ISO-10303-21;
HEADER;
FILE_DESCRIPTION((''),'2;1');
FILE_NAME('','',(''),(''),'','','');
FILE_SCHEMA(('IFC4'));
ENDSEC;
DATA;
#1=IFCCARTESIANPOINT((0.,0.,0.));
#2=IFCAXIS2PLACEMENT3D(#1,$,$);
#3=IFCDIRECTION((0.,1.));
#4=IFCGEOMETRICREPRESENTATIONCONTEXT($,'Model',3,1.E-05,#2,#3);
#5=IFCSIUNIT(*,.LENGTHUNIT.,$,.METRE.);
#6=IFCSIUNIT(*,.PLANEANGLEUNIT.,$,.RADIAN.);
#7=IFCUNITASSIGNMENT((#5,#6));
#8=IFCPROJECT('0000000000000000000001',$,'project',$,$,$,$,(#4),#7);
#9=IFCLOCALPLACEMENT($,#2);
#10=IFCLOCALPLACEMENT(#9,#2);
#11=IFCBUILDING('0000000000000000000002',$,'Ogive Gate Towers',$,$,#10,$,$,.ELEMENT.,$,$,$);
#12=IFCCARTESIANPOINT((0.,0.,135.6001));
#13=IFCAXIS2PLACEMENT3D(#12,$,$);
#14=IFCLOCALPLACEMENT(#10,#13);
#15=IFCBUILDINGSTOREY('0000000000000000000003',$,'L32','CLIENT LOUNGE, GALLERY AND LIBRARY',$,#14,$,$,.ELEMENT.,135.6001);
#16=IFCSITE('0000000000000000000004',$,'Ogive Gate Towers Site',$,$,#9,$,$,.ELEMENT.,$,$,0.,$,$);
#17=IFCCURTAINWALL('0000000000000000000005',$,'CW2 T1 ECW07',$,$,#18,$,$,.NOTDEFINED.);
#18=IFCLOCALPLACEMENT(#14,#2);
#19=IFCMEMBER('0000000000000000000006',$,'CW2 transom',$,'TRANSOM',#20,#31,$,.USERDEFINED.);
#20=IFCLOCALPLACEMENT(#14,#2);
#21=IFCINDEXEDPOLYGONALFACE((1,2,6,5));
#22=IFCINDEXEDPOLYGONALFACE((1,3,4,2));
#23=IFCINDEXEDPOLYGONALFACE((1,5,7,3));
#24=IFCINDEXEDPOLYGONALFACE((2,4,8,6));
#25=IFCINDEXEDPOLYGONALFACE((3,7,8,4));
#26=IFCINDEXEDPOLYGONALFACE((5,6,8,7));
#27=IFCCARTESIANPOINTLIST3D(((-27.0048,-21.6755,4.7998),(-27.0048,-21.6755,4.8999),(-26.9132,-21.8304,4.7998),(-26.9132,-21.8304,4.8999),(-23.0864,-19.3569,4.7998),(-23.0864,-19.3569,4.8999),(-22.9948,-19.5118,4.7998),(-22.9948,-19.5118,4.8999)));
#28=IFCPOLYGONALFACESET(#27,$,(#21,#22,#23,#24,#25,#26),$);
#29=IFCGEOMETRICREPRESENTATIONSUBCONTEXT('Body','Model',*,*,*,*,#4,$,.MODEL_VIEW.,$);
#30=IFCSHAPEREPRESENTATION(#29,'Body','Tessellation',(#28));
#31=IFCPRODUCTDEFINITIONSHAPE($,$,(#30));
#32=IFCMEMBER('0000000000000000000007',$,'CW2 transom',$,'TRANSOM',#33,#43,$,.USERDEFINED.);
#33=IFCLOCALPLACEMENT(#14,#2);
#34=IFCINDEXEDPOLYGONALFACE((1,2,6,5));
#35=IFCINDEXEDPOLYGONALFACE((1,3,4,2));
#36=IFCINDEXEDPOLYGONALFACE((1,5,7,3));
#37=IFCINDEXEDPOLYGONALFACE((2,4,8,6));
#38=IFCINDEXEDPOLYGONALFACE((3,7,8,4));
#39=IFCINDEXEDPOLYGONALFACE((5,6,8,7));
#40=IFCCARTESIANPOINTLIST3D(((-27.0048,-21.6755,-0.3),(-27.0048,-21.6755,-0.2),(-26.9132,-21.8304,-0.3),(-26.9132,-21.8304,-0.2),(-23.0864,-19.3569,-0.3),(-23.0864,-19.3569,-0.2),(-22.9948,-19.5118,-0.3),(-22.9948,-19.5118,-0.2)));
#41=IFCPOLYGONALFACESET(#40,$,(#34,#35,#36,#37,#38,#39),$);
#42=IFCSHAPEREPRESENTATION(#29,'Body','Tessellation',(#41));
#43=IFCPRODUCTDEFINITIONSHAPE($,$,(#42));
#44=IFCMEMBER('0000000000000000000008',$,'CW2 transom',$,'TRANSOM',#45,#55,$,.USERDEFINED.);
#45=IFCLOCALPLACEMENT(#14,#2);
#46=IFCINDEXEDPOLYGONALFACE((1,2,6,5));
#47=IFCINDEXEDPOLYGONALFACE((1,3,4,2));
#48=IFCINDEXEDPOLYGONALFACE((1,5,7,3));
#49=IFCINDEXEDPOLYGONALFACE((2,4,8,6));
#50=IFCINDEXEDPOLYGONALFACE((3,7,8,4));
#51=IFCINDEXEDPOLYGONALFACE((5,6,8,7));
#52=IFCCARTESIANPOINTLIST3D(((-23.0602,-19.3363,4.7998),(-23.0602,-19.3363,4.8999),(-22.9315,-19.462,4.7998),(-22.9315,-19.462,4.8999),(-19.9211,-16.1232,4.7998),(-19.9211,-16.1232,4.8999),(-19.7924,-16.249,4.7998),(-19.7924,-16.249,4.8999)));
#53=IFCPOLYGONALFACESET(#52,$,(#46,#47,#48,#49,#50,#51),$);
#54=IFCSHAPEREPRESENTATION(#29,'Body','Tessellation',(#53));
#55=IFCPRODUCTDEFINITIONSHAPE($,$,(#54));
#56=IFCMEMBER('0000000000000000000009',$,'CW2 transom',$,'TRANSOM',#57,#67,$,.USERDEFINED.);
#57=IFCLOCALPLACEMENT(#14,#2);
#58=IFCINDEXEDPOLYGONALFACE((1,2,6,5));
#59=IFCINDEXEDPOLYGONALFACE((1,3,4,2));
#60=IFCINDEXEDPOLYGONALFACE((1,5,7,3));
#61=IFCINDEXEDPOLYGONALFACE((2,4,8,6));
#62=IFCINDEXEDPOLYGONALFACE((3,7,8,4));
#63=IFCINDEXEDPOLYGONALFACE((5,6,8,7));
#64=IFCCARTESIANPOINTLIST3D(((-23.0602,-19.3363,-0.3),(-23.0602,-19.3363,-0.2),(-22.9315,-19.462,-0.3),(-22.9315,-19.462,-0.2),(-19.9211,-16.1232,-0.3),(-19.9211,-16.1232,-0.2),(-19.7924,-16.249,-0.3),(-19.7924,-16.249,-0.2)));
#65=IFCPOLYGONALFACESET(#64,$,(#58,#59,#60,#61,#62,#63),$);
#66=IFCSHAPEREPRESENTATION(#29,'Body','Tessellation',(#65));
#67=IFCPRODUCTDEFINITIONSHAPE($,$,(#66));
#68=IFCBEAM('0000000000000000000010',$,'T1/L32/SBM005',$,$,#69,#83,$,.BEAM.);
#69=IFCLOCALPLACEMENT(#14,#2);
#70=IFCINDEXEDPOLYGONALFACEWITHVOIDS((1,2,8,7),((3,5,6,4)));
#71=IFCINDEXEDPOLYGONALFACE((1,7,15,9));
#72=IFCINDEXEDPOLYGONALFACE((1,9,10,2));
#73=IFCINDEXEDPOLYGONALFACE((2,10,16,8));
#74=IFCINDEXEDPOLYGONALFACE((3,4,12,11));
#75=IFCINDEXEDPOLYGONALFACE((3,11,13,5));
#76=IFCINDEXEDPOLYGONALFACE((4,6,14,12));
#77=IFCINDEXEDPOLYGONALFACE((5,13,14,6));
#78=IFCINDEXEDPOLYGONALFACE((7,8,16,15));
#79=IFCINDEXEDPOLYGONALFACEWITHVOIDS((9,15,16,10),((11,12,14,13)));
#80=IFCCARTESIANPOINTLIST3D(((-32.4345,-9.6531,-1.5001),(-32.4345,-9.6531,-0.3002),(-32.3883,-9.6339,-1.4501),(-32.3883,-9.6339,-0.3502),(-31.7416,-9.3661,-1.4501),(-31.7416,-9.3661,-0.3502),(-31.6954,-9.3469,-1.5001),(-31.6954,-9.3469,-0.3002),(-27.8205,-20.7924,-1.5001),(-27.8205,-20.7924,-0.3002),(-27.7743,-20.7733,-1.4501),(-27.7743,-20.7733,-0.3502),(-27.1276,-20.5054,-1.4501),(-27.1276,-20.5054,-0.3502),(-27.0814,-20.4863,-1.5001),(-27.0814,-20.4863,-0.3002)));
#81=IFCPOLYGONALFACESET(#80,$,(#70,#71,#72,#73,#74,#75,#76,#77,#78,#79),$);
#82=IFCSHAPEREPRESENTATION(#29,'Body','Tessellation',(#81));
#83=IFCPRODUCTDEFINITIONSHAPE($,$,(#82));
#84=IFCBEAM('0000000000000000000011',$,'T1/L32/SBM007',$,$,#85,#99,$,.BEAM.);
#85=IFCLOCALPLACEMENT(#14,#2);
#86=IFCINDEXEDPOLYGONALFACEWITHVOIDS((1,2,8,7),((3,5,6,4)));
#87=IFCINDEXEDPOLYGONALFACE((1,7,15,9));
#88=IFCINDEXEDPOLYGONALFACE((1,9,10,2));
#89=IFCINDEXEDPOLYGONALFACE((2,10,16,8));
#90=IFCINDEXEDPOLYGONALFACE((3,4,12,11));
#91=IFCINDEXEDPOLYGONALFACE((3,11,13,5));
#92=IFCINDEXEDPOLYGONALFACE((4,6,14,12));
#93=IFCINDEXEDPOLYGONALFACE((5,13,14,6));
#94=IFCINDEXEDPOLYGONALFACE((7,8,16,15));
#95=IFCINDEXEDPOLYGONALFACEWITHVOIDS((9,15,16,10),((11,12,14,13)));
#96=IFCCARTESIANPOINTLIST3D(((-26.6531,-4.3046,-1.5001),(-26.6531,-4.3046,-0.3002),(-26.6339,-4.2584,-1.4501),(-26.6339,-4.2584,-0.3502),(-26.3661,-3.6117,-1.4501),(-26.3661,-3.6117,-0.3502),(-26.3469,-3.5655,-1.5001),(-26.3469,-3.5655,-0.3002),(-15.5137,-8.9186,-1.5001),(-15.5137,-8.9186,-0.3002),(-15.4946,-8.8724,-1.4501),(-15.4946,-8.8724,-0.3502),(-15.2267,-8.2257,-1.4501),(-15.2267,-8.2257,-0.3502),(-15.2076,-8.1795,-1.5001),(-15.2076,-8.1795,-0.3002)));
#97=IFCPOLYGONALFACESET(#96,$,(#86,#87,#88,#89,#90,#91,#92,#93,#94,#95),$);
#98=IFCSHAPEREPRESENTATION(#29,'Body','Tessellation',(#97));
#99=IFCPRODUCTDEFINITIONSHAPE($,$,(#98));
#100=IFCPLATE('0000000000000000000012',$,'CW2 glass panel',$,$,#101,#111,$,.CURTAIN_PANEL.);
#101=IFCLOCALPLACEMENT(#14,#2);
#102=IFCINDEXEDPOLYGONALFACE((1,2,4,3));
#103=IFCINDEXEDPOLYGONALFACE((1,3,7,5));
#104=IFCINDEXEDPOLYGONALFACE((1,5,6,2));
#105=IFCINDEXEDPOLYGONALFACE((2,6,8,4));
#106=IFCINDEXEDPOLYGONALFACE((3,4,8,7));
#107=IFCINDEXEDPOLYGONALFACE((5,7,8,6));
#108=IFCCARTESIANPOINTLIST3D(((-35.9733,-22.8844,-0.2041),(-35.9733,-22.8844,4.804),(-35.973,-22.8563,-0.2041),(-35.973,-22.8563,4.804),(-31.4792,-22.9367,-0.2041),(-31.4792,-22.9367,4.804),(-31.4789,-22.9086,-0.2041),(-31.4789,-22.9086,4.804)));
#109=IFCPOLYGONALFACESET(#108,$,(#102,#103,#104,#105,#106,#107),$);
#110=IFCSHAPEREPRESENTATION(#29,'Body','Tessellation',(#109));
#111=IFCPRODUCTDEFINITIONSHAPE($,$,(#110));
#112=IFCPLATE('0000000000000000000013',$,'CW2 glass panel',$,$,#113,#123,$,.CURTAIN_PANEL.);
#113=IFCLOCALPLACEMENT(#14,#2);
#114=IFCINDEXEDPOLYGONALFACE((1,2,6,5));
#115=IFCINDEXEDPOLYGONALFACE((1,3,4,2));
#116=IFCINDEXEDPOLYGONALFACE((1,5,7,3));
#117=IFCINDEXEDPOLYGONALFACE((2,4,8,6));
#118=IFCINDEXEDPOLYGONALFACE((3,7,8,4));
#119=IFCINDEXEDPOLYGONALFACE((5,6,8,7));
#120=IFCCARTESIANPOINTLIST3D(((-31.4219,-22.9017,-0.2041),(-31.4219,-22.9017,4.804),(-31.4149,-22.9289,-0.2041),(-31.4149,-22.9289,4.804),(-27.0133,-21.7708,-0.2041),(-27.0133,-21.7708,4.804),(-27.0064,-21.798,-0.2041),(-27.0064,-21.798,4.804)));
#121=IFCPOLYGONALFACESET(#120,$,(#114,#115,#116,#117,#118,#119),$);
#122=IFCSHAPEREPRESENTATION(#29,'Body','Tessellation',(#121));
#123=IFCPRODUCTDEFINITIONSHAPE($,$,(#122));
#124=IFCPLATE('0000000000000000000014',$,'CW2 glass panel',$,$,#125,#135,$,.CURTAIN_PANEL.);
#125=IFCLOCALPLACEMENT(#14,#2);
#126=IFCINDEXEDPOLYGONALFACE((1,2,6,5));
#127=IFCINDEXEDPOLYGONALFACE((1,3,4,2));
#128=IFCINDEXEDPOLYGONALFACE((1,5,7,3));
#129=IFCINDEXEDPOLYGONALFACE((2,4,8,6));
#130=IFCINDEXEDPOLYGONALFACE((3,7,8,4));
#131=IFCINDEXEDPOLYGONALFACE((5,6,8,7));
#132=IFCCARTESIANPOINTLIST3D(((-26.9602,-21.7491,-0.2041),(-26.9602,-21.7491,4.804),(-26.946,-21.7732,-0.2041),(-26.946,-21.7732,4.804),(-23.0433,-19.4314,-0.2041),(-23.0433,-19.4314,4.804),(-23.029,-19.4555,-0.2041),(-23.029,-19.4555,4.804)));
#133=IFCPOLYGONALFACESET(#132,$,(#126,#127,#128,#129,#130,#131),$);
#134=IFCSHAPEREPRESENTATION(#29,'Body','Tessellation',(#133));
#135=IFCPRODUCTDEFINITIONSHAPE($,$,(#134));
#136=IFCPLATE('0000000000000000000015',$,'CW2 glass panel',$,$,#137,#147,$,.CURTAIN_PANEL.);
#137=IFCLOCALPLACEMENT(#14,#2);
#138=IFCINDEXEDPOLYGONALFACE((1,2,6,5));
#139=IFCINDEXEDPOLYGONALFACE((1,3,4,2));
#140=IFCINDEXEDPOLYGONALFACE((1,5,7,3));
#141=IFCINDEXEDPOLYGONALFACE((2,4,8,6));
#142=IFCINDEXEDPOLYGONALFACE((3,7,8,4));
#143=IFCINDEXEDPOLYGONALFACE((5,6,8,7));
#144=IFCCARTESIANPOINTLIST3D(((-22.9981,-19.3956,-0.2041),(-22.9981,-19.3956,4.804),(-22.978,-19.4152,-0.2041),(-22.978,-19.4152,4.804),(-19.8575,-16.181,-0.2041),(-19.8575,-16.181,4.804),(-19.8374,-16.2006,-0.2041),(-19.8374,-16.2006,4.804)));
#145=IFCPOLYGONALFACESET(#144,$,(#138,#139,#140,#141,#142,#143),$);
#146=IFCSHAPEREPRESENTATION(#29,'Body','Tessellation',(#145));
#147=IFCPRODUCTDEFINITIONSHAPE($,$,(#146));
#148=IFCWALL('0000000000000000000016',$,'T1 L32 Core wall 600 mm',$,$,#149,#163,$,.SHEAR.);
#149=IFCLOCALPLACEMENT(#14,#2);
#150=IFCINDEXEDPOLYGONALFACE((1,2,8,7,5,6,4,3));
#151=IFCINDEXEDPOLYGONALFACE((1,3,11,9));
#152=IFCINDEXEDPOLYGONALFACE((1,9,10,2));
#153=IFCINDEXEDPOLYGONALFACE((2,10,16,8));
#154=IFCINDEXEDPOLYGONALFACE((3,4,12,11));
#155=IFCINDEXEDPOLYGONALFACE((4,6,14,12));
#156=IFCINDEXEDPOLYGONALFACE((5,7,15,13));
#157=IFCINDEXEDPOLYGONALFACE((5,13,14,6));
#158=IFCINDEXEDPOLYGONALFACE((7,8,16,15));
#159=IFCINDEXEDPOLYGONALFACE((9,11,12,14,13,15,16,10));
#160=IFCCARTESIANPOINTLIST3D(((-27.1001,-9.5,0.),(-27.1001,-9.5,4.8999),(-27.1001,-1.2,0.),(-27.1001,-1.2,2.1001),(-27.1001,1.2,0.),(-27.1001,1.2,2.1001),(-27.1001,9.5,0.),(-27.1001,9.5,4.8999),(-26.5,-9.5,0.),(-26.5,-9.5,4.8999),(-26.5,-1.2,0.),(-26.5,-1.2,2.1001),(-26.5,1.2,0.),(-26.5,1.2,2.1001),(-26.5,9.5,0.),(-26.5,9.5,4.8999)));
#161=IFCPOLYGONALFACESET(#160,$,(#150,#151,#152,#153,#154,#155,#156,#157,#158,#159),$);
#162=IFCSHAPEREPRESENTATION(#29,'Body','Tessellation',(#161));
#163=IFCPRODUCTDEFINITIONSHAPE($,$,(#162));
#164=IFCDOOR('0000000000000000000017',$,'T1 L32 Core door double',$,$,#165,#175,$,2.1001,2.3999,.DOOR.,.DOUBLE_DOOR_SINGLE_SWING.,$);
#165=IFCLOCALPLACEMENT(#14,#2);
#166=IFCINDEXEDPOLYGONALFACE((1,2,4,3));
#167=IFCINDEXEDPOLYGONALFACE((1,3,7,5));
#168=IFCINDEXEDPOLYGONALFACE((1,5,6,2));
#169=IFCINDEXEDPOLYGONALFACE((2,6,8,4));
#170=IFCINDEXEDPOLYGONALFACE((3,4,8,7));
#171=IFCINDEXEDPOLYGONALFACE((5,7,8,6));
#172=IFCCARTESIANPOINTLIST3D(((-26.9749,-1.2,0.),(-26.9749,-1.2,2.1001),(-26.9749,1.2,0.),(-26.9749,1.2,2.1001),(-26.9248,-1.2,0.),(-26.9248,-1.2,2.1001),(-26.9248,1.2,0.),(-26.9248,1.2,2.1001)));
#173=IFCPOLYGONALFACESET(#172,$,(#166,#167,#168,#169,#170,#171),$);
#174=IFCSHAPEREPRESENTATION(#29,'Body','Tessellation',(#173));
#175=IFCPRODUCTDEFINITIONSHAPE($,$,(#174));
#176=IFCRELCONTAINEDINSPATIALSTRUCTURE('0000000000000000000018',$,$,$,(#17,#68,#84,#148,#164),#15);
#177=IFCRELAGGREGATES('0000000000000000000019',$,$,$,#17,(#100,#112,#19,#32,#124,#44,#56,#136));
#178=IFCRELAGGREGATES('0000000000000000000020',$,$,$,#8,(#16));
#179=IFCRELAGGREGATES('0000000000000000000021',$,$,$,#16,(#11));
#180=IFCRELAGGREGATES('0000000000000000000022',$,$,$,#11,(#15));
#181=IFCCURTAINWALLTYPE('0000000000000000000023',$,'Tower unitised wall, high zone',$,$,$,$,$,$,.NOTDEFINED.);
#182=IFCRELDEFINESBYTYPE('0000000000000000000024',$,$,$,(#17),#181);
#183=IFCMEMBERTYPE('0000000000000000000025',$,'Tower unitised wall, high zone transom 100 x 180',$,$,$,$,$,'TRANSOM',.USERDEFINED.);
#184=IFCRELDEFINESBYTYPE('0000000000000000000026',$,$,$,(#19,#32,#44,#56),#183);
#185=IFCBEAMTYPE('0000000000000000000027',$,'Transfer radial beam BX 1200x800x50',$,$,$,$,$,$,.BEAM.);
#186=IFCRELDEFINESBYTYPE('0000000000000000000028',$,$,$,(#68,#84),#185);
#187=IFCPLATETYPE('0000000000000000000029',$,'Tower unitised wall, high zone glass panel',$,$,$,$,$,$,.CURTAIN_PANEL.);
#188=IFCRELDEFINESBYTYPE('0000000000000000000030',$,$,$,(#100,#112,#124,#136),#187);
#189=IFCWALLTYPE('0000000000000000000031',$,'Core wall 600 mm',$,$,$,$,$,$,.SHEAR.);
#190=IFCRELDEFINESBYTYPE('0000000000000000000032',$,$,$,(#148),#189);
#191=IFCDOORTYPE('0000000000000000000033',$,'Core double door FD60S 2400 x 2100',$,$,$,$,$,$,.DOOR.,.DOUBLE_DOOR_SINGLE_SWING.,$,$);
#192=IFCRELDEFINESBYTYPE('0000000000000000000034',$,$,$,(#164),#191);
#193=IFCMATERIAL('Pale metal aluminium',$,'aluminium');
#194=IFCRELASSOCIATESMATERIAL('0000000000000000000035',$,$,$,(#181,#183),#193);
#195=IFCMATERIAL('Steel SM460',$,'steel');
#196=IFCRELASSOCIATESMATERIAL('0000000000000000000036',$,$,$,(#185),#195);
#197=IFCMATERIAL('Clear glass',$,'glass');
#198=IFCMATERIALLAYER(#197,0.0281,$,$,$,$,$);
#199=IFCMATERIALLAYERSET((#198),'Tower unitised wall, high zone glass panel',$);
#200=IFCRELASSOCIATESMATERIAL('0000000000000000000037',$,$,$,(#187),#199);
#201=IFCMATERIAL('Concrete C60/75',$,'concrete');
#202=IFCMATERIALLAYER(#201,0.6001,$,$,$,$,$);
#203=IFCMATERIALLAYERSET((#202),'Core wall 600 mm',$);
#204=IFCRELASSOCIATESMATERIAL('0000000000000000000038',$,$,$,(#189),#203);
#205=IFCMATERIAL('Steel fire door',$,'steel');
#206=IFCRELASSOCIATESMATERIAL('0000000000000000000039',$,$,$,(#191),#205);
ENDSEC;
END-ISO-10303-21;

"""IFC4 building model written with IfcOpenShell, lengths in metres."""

from ifc_helpers import new_model, si_unit, direction, frame, frame_2d, origin, origin_2d, place, context, subcontext, project, spatial, rectangle, hollow_rectangle, extrude, material, layer, layer_set, material_profile, profile_set, type_object, element, fill, aggregate, save


model = new_model("IFC4")

# Units and contexts
model_context = context("Model", 3, precision=1e-05, world=origin(), true_north=direction((0.0, 1.0)))
body_context = subcontext(model_context, "Body", "Model", "MODEL_VIEW")
ifc_project = project(units=[si_unit("LENGTHUNIT", "METRE"), si_unit("PLANEANGLEUNIT", "RADIAN")], contexts=[model_context])

# Site, building, storey
site_placement = place(None, origin())
site = spatial("IfcSite", under=ifc_project, at=site_placement, Name="Ogive Gate Towers Site", CompositionType="ELEMENT", RefElevation=0.0)
building_placement = place(site_placement, origin())
building = spatial("IfcBuilding", under=site, at=building_placement, Name="Ogive Gate Towers", CompositionType="ELEMENT")
storey_placement = place(building_placement, frame((0.0, 0.0, 135.6001)))
storey = spatial("IfcBuildingStorey", under=building, at=storey_placement, Name="L32", Description="CLIENT LOUNGE, GALLERY AND LIBRARY", CompositionType="ELEMENT", Elevation=135.6001)

# Shared definitions
ifc_material_1 = material(Name="Steel SM460", Category="steel")

# Curtain wall, members
ifc_material_2 = material(Name="Pale metal aluminium", Category="aluminium")
curtain_wall_type = type_object("IfcCurtainWallType", Name="Tower unitised wall, high zone", PredefinedType="NOTDEFINED", material=ifc_material_2)
curtain_wall_placement = place(storey_placement, origin())
curtain_wall = element("IfcCurtainWall", 1, at=curtain_wall_placement, inside=storey, type_object=curtain_wall_type, Name="CW2 T1 ECW07", PredefinedType="NOTDEFINED")
ifc_material_profile_1 = material_profile(ifc_material_2, rectangle(XDim=0.1799, YDim=0.1001, at=origin_2d()), Name="100 x 180 aluminium box")
ifc_profile_set_1 = profile_set([ifc_material_profile_1], Name="Pale metal aluminium")
member_type_1 = type_object("IfcMemberType", Name="Tower unitised wall, high zone transom 100 x 180", ElementType="TRANSOM", PredefinedType="USERDEFINED", material=ifc_profile_set_1)
member_1_placement = place(storey_placement, frame((-26.959, -21.7529, 4.8499), z_axis=(0.860623, 0.509242, 0.0), x_axis=(-0.509242, 0.860623, 0.0)))
member_1 = element("IfcMember", 2, at=member_1_placement, type_object=member_type_1, Name="CW2 transom", ObjectType="TRANSOM", PredefinedType="USERDEFINED", context=body_context, shape_type="SweptSolid", body=[
    extrude(rectangle(XDim=0.1799, YDim=0.1001, at=origin_2d()), origin(), (0.0, 0.0, 1.0), 4.553),
])
member_2_placement = place(storey_placement, frame((-26.959, -21.7529, -0.25), z_axis=(0.860623, 0.509242, 0.0), x_axis=(-0.509242, 0.860623, 0.0)))
member_2 = element("IfcMember", 3, at=member_2_placement, type_object=member_type_1, Name="CW2 transom", ObjectType="TRANSOM", PredefinedType="USERDEFINED", context=body_context, shape_type="SweptSolid", body=[
    extrude(rectangle(XDim=0.1799, YDim=0.1001, at=origin_2d()), origin(), (0.0, 0.0, 1.0), 4.553),
])
member_3_placement = place(storey_placement, frame((-22.9958, -19.3992, 4.8499), z_axis=(0.698825, 0.715293, 0.0), x_axis=(-0.715293, 0.698825, 0.0)))
member_3 = element("IfcMember", 4, at=member_3_placement, type_object=member_type_1, Name="CW2 transom", ObjectType="TRANSOM", PredefinedType="USERDEFINED", context=body_context, shape_type="SweptSolid", body=[
    extrude(rectangle(XDim=0.1799, YDim=0.1001, at=origin_2d()), origin(), (0.0, 0.0, 1.0), 4.4919),
])
member_4_placement = place(storey_placement, frame((-22.9958, -19.3992, -0.25), z_axis=(0.698825, 0.715293, 0.0), x_axis=(-0.715293, 0.698825, 0.0)))
member_4 = element("IfcMember", 5, at=member_4_placement, type_object=member_type_1, Name="CW2 transom", ObjectType="TRANSOM", PredefinedType="USERDEFINED", context=body_context, shape_type="SweptSolid", body=[
    extrude(rectangle(XDim=0.1799, YDim=0.1001, at=origin_2d()), origin(), (0.0, 0.0, 1.0), 4.4919),
])

# Beams
ifc_material_profile_2 = material_profile(ifc_material_1, hollow_rectangle(XDim=0.8, YDim=1.2, WallThickness=0.05, at=origin_2d()), Name="BX 1200x800x50")
ifc_profile_set_2 = profile_set([ifc_material_profile_2], Name="Steel SM460")
beam_type_1 = type_object("IfcBeamType", Name="Transfer radial beam BX 1200x800x50", PredefinedType="BEAM", material=ifc_profile_set_2)
for number, where, z_axis, x_axis, name in (
    (6, (-32.0649, -9.5, -0.9001), (0.382678, -0.923882, 0.0), (0.923882, 0.382678, 0.0), "T1/L32/SBM005"),
    (7, (-26.5, -3.9351, -0.9001), (0.923882, -0.382678, 0.0), (0.382678, 0.923882, 0.0), "T1/L32/SBM007"),
):
    element("IfcBeam", number, at=place(storey_placement, frame(where, z_axis=z_axis, x_axis=x_axis)), inside=storey, type_object=beam_type_1, Name=name, PredefinedType="BEAM", context=body_context, shape_type="SweptSolid", body=[
        extrude(hollow_rectangle(XDim=0.8, YDim=1.2, WallThickness=0.05, at=origin_2d()), origin(), (0.0, 0.0, 1.0), 12.0571),
    ])

# Plates
ifc_material_3 = material(Name="Clear glass", Category="glass")
ifc_layer_1 = layer(ifc_material_3, 0.0281)
ifc_layer_set_1 = layer_set([ifc_layer_1], Name="Tower unitised wall, high zone glass panel")
plate_type = type_object("IfcPlateType", Name="Tower unitised wall, high zone glass panel", PredefinedType="CURTAIN_PANEL", material=ifc_layer_set_1)
plate_1_placement = place(storey_placement, frame((-33.7261, -22.8965, -0.2041), z_axis=(0.0, 0.0, 1.0), x_axis=(0.999932, -0.011641, 0.0)))
plate_1 = element("IfcPlate", 8, at=plate_1_placement, type_object=plate_type, Name="CW2 glass panel", PredefinedType="CURTAIN_PANEL", context=body_context, shape_type="SweptSolid", body=[
    extrude(rectangle(XDim=4.4944, YDim=0.0281, at=origin_2d()), origin(), (0.0, 0.0, 1.0), 5.0081),
])
plate_2_placement = place(storey_placement, frame((-29.2141, -22.3499, -0.2041), z_axis=(0.0, 0.0, 1.0), x_axis=(0.96864, 0.24847, 0.0)))
plate_2 = element("IfcPlate", 9, at=plate_2_placement, type_object=plate_type, Name="CW2 glass panel", PredefinedType="CURTAIN_PANEL", context=body_context, shape_type="SweptSolid", body=[
    extrude(rectangle(XDim=4.5513, YDim=0.0281, at=origin_2d()), origin(), (0.0, 0.0, 1.0), 5.0081),
])
plate_3_placement = place(storey_placement, frame((-24.9946, -20.6023, -0.2041), z_axis=(0.0, 0.0, 1.0), x_axis=(0.860627, 0.509237, 0.0)))
plate_3 = element("IfcPlate", 10, at=plate_3_placement, type_object=plate_type, Name="CW2 glass panel", PredefinedType="CURTAIN_PANEL", context=body_context, shape_type="SweptSolid", body=[
    extrude(rectangle(XDim=4.5513, YDim=0.0281, at=origin_2d()), origin(), (0.0, 0.0, 1.0), 5.0081),
])
plate_4_placement = place(storey_placement, frame((-21.4177, -17.7981, -0.2041), z_axis=(0.0, 0.0, 1.0), x_axis=(0.698815, 0.715303, 0.0)))
plate_4 = element("IfcPlate", 11, at=plate_4_placement, type_object=plate_type, Name="CW2 glass panel", PredefinedType="CURTAIN_PANEL", context=body_context, shape_type="SweptSolid", body=[
    extrude(rectangle(XDim=4.4941, YDim=0.0281, at=origin_2d()), origin(), (0.0, 0.0, 1.0), 5.0081),
])
aggregate(curtain_wall, [plate_1, plate_2, member_1, member_2, plate_3, member_3, member_4, plate_4])

# Wall, opening, door
ifc_material_4 = material(Name="Concrete C60/75", Category="concrete")
ifc_layer_2 = layer(ifc_material_4, 0.6001)
ifc_layer_set_2 = layer_set([ifc_layer_2], Name="Core wall 600 mm")
wall_type_1 = type_object("IfcWallType", Name="Core wall 600 mm", PredefinedType="SHEAR", material=ifc_layer_set_2)
wall_1_placement = place(storey_placement, frame((-26.8, -9.5, 0.0), z_axis=(0.0, 0.0, 1.0), x_axis=(0.0, 1.0, 0.0)))
wall_1 = element("IfcWall", 12, at=wall_1_placement, inside=storey, type_object=wall_type_1, Name="T1 L32 Core wall 600 mm", PredefinedType="SHEAR", context=body_context, shape_type="SweptSolid", body=[
    extrude(rectangle(XDim=19.0, YDim=0.6001, at=frame_2d((9.5, 0.0))), origin(), (0.0, 0.0, 1.0), 4.8999),
])
opening_1_placement = place(wall_1_placement, frame((8.3, 0.0, 0.0)))
opening_1 = element("IfcOpeningElement", 13, at=opening_1_placement, cuts=wall_1, PredefinedType="OPENING", context=body_context, shape_type="SweptSolid", body=[
    extrude(rectangle(XDim=2.3999, YDim=2.1001, at=frame_2d((1.2, 1.05))), frame((0.0, 0.3101, 0.0), z_axis=(0.0, -1.0, 0.0), x_axis=(1.0, 0.0, 0.0)), (0.0, 0.0, 1.0), 0.6201),
])
ifc_material_5 = material(Name="Steel fire door", Category="steel")
door_type_1 = type_object("IfcDoorType", Name="Core double door FD60S 2400 x 2100", OperationType="DOUBLE_DOOR_SINGLE_SWING", PredefinedType="DOOR", material=ifc_material_5)
door_1_placement = place(opening_1_placement, origin())
door_1 = element("IfcDoor", 14, at=door_1_placement, inside=storey, type_object=door_type_1, Name="T1 L32 Core door double", OperationType="DOUBLE_DOOR_SINGLE_SWING", OverallHeight=2.1001, OverallWidth=2.3999, PredefinedType="DOOR", context=body_context, shape_type="SweptSolid", body=[
    extrude(rectangle(XDim=2.3999, YDim=2.1001, at=frame_2d((1.2, 1.05))), frame((0.0, 0.1748, 0.0), z_axis=(0.0, -1.0, 0.0), x_axis=(1.0, 0.0, 0.0)), (0.0, 0.0, 1.0), 0.05),
])
fill(opening_1, door_1)

save(model, "model.ifc")
